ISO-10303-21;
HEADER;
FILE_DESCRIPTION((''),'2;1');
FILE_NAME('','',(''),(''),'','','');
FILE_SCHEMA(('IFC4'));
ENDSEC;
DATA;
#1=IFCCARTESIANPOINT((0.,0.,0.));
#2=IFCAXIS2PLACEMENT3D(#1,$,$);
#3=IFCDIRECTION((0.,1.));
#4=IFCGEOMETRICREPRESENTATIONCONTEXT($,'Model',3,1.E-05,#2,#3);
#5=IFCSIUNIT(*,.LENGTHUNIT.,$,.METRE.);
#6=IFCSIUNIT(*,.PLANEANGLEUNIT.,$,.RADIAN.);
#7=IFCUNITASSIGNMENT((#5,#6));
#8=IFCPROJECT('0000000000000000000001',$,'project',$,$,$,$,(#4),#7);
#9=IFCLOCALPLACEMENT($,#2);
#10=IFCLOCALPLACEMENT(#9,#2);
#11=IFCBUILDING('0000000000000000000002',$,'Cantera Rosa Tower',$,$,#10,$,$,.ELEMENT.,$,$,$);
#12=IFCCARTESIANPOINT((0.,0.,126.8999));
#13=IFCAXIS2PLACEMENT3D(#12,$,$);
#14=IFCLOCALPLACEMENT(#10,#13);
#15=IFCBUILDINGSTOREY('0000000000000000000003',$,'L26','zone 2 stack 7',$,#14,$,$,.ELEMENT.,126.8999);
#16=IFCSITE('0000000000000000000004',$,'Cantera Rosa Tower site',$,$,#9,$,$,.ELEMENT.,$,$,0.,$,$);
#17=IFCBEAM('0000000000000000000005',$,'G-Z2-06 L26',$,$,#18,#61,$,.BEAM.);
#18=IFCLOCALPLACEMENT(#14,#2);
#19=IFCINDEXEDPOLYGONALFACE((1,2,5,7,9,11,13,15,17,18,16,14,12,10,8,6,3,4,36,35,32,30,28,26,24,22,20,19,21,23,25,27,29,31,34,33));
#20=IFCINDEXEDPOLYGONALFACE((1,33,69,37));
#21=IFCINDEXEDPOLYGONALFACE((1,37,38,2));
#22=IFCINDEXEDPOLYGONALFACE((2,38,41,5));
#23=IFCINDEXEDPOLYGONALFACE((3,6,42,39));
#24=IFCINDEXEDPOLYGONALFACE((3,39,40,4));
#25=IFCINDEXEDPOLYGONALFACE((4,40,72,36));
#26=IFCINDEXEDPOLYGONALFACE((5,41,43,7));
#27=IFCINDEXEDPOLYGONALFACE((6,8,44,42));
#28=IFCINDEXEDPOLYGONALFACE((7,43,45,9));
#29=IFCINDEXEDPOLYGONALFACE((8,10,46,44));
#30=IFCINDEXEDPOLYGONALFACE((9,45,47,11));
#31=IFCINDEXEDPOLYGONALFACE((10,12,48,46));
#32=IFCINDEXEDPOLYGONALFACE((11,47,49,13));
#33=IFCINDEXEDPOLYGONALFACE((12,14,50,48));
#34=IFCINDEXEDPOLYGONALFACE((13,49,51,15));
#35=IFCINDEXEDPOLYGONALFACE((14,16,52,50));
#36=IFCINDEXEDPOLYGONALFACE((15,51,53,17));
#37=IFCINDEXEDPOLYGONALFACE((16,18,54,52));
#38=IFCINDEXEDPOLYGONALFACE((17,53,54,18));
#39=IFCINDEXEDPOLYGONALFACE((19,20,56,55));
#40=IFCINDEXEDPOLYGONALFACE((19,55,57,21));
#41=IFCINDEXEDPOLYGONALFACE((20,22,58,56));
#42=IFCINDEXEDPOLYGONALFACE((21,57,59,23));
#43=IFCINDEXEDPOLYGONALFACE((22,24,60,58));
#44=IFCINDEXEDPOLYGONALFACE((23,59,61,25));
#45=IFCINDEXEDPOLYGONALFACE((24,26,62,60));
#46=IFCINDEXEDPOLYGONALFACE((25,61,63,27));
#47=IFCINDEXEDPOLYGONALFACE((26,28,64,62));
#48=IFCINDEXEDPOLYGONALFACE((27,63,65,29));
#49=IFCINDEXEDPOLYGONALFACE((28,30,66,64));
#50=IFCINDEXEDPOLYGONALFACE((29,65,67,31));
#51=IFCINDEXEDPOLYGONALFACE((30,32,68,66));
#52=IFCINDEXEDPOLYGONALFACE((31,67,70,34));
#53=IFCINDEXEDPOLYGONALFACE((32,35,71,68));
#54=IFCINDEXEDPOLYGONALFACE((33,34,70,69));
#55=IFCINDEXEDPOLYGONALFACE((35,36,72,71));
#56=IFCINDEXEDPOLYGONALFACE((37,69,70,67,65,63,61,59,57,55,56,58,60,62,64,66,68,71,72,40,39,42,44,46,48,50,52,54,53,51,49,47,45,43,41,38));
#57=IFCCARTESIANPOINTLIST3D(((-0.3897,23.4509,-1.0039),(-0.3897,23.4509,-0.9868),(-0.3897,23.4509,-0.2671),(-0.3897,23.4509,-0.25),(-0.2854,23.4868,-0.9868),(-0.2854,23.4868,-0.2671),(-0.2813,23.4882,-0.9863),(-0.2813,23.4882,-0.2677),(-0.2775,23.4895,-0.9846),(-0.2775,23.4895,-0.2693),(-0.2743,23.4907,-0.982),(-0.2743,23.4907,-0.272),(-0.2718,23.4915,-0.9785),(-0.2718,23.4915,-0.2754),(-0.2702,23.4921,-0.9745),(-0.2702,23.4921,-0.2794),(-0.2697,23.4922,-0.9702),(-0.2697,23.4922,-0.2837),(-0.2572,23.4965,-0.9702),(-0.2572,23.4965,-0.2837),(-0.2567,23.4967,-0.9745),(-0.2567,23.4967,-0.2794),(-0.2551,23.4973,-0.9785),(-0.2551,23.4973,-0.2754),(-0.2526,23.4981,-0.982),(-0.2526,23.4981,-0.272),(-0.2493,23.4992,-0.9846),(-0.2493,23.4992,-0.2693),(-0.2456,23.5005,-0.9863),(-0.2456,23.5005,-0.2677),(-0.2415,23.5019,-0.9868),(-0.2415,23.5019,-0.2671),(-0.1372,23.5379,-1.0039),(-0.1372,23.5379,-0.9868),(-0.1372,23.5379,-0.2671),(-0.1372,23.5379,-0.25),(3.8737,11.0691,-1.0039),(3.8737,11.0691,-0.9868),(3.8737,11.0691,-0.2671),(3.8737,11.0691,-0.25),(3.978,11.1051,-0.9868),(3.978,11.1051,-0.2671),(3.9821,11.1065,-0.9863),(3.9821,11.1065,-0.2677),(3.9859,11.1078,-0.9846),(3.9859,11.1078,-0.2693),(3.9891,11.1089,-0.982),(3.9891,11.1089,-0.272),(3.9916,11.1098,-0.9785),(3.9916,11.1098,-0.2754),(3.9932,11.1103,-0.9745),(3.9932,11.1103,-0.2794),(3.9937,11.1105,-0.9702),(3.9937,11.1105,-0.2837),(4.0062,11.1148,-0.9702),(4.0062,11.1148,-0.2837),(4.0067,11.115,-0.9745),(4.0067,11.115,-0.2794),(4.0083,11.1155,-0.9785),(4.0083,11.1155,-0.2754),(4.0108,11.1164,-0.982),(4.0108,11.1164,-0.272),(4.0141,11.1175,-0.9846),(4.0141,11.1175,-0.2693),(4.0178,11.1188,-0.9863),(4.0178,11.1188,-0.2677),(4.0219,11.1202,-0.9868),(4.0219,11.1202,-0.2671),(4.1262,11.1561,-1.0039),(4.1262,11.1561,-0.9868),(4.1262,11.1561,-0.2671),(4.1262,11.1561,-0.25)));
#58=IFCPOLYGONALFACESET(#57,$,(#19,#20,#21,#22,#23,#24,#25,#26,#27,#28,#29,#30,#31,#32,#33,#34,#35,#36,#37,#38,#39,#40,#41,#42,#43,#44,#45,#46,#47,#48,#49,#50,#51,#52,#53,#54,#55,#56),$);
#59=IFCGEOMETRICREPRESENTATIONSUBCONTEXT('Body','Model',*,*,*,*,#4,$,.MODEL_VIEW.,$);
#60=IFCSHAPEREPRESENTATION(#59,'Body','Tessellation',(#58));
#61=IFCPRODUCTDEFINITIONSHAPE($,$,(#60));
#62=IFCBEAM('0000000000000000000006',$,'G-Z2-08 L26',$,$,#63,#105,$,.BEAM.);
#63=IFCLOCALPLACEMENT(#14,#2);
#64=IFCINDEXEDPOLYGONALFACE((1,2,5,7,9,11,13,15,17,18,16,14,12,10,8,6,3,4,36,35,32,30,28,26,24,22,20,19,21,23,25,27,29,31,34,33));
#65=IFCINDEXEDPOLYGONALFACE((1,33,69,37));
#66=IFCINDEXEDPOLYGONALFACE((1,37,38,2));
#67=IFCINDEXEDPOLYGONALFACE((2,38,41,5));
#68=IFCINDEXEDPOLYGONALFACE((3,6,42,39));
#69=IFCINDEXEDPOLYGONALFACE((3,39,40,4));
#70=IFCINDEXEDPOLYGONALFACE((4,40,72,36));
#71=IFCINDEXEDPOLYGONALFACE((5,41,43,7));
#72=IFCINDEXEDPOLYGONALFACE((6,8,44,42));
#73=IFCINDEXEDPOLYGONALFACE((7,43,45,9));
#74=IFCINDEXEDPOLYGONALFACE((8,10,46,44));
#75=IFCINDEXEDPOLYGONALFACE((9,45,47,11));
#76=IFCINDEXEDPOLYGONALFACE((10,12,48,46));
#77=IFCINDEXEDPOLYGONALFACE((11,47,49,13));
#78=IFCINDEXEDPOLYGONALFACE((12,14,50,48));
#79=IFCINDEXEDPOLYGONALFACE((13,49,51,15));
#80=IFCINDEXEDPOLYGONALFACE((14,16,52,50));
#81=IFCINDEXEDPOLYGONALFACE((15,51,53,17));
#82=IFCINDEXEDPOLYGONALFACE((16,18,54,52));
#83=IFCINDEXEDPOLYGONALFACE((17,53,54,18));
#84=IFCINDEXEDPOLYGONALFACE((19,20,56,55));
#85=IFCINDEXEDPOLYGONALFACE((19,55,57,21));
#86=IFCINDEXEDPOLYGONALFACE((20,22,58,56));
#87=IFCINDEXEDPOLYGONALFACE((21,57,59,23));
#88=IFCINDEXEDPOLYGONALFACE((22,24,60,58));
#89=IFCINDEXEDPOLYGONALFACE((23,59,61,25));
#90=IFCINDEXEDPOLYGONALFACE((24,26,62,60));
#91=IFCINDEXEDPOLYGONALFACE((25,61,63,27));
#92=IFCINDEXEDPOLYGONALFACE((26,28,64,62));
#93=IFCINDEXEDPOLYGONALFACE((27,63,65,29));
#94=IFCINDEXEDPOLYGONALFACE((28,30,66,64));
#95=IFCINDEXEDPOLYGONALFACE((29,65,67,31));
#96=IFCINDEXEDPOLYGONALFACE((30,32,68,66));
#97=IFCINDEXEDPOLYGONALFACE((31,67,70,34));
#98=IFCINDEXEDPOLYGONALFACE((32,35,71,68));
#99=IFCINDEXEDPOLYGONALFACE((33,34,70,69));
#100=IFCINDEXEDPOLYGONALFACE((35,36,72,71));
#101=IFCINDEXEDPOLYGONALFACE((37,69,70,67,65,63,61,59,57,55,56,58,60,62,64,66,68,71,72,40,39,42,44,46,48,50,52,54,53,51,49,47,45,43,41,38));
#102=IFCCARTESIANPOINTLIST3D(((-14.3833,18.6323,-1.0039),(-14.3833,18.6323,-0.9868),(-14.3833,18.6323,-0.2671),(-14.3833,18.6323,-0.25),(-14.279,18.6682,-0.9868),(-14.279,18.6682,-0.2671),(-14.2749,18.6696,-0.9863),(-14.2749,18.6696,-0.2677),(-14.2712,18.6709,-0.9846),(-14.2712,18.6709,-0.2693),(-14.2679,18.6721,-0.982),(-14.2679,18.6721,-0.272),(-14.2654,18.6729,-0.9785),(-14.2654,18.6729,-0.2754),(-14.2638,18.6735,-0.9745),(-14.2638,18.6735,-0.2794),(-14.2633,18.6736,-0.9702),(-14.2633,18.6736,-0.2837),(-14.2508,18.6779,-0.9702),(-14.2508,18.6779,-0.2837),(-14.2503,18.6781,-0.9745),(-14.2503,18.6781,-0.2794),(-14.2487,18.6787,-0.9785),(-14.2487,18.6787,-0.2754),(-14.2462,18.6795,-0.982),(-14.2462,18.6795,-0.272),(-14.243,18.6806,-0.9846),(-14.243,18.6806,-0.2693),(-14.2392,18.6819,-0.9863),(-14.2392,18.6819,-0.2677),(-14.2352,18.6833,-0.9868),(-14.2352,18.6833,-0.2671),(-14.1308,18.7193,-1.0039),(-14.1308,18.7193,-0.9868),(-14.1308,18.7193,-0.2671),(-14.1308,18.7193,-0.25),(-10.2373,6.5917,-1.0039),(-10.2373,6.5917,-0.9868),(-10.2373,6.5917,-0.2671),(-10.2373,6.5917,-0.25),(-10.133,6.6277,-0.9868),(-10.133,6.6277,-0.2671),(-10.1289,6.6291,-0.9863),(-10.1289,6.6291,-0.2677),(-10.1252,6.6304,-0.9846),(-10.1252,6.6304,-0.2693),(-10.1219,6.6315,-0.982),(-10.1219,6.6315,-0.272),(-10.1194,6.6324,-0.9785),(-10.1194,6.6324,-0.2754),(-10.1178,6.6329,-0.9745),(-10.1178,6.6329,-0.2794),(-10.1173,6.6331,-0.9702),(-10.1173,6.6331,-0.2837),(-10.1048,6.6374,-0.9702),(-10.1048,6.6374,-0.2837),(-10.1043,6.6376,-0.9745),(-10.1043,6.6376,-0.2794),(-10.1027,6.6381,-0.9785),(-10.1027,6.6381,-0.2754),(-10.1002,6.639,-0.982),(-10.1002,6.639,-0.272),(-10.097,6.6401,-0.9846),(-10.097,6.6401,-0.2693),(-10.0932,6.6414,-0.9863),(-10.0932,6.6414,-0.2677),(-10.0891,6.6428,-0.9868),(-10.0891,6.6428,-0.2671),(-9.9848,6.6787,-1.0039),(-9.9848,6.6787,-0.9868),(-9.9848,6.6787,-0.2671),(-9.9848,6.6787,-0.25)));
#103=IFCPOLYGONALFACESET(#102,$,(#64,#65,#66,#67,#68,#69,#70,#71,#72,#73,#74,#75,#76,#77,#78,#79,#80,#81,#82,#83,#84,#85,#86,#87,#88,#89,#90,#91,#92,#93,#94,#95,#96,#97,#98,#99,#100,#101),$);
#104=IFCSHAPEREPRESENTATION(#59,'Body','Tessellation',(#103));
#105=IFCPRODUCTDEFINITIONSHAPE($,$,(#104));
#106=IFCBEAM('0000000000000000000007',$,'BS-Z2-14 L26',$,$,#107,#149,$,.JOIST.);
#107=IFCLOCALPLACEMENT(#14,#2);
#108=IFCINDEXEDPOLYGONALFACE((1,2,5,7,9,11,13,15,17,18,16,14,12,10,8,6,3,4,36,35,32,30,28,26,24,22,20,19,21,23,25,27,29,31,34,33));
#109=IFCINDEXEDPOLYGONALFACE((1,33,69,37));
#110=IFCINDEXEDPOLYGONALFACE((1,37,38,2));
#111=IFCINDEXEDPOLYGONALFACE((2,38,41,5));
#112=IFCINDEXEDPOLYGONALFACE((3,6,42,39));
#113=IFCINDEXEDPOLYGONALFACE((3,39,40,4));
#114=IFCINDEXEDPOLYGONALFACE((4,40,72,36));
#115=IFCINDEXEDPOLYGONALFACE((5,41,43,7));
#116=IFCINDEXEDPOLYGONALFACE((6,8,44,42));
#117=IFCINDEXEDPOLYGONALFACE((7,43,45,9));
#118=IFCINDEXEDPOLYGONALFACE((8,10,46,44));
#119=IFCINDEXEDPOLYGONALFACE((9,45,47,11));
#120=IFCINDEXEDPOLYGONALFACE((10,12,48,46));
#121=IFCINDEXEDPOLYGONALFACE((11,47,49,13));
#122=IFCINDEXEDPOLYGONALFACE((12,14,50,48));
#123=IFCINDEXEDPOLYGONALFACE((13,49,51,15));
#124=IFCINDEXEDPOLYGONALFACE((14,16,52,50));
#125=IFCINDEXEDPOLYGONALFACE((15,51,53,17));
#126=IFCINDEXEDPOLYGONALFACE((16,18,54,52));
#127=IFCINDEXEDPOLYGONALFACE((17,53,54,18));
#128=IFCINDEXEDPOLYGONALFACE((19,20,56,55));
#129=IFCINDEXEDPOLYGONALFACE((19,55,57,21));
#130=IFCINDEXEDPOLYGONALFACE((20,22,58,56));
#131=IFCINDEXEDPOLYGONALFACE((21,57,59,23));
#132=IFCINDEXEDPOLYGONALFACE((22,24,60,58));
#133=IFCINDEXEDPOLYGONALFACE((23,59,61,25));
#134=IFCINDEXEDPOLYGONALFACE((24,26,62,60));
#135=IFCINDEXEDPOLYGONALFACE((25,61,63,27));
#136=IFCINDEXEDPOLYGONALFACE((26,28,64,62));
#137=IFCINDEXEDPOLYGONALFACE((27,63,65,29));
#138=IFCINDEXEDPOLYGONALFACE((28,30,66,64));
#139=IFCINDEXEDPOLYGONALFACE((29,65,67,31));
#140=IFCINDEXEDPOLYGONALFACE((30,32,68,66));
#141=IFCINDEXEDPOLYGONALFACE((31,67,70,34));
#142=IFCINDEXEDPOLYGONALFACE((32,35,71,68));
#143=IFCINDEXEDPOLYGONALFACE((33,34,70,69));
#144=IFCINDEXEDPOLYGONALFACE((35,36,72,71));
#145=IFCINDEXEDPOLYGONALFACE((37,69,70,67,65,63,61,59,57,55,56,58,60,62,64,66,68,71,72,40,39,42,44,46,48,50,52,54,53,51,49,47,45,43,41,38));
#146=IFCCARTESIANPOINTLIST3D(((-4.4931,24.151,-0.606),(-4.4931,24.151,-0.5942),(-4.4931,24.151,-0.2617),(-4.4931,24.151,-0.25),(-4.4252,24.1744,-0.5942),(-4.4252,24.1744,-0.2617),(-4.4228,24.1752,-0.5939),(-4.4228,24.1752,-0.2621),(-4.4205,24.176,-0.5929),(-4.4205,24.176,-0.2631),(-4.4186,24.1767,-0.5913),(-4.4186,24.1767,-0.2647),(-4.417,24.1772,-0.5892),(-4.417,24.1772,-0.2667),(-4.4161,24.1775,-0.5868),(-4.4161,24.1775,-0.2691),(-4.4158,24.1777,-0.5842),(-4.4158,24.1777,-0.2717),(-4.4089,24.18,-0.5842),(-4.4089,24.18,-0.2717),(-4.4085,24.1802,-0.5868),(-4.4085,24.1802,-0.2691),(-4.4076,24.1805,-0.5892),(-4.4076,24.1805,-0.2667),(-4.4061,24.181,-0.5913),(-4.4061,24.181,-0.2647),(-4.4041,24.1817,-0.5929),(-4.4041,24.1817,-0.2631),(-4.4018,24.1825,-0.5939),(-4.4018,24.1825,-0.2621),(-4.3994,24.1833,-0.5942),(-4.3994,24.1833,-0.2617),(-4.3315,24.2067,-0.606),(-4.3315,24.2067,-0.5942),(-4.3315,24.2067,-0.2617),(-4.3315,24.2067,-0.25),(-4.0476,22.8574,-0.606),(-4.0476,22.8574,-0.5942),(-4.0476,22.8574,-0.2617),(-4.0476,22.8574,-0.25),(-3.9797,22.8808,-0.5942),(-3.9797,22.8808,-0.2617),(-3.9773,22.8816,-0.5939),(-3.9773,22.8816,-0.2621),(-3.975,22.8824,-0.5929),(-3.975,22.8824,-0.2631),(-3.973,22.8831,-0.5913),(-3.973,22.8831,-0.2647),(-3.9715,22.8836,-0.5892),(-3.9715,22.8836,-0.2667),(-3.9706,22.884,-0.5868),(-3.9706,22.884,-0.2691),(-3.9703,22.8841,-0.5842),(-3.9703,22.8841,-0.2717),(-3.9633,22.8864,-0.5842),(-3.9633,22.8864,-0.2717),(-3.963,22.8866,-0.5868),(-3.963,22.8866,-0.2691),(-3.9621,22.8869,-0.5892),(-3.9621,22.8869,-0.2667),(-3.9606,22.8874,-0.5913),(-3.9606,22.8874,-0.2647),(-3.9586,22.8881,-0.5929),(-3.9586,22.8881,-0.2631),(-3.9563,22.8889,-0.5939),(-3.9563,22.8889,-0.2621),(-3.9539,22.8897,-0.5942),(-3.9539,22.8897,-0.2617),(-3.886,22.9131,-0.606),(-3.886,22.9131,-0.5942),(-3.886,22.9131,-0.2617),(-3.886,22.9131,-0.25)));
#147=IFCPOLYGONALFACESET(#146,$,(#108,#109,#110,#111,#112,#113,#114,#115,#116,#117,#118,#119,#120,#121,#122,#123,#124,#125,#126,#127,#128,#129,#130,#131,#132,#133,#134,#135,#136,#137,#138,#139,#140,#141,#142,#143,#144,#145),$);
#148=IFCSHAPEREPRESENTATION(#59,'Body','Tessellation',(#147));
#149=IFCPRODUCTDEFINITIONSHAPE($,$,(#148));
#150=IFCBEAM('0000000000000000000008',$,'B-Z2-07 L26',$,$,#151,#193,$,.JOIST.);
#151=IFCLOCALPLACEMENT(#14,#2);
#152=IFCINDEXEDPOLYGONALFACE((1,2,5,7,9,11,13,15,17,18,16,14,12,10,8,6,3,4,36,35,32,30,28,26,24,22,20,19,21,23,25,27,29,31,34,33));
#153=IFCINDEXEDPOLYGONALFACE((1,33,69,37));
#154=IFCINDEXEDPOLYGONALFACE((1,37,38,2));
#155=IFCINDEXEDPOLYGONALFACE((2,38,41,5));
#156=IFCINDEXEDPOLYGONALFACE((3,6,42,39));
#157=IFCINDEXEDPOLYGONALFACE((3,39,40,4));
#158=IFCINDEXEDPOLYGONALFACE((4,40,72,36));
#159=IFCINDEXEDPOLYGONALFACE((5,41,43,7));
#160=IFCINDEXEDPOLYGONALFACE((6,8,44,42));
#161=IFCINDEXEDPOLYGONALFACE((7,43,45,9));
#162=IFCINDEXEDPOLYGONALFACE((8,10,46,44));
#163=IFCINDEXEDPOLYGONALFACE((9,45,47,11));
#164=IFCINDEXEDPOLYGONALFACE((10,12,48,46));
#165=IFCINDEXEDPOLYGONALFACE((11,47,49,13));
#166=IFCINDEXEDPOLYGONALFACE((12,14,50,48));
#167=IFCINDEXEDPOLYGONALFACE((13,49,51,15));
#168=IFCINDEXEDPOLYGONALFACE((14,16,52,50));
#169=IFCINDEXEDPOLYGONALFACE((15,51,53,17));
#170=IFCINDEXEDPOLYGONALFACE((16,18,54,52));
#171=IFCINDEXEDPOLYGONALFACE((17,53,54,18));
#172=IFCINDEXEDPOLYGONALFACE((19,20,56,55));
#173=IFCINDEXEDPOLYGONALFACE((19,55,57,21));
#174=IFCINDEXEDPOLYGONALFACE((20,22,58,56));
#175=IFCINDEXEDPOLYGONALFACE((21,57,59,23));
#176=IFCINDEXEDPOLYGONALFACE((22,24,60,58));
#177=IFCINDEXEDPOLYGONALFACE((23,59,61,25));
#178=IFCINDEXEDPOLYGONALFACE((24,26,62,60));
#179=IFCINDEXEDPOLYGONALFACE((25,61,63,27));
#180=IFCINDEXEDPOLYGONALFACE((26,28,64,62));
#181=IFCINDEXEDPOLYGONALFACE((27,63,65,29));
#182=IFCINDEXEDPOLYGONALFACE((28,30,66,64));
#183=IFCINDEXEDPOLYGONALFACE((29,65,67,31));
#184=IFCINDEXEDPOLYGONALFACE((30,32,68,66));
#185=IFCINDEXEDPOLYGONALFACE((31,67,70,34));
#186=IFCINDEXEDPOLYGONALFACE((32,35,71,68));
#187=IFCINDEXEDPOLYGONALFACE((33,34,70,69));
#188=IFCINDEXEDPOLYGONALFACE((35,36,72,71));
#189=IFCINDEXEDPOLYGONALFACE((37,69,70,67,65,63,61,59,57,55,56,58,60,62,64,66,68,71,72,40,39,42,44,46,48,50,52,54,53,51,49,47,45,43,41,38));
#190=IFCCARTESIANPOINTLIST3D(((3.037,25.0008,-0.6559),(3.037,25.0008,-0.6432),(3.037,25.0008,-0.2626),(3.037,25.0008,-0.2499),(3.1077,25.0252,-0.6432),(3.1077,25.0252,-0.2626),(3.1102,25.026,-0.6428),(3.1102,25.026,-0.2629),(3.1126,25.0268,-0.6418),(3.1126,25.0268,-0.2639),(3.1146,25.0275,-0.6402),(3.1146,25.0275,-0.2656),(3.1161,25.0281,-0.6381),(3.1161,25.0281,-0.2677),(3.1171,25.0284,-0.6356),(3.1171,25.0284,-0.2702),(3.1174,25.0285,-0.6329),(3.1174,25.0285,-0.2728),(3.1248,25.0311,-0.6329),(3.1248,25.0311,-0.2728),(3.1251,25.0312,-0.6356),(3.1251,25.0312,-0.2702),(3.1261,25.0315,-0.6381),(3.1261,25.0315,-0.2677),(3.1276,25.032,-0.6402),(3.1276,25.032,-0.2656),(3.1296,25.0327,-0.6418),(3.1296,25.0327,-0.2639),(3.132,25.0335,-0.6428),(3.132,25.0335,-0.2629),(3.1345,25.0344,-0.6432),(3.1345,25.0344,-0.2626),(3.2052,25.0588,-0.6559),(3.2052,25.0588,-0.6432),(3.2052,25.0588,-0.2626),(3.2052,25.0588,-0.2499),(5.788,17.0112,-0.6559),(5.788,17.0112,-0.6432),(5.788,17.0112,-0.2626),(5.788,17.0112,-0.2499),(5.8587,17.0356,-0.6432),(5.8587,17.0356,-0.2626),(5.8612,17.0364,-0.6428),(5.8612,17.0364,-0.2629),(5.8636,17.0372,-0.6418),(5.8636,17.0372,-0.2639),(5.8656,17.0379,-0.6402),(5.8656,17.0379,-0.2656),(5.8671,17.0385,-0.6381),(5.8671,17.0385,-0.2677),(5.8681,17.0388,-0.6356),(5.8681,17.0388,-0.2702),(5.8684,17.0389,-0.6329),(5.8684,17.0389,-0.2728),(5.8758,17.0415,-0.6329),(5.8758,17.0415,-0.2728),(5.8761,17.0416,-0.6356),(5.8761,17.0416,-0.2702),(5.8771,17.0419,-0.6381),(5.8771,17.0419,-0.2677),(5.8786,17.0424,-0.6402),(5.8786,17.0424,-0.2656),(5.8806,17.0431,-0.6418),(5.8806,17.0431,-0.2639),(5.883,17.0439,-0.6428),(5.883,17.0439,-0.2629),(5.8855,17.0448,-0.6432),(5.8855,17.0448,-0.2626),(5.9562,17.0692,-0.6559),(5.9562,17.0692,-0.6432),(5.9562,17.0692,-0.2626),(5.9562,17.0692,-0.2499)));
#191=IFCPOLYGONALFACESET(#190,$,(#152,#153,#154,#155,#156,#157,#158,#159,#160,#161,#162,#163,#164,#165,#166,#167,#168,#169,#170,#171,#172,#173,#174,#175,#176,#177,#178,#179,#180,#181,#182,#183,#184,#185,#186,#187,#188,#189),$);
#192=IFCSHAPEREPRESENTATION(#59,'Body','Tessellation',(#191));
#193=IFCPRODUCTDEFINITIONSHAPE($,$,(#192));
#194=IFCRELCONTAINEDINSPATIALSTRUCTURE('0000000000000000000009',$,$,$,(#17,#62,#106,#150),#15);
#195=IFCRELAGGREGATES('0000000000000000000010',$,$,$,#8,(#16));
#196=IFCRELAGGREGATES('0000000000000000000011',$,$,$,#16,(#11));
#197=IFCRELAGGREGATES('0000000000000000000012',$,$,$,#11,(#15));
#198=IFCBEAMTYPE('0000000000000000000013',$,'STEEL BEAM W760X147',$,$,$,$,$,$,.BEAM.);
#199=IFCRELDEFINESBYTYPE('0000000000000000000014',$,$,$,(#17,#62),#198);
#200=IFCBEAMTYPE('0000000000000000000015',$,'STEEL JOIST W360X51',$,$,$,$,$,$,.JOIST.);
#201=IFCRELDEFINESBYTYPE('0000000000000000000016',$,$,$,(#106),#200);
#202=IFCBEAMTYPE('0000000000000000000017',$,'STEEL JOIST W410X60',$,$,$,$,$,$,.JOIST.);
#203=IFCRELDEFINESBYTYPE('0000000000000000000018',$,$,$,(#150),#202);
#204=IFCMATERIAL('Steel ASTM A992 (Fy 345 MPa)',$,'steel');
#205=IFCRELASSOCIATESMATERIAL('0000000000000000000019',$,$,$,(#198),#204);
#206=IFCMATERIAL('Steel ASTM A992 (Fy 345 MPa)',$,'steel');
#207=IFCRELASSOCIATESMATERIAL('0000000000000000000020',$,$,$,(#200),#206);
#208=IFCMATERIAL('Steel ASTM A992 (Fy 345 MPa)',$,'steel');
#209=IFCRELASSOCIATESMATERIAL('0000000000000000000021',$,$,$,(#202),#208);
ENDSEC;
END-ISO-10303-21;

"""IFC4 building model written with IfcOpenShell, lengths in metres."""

from ifc_helpers import new_model, si_unit, direction, frame, origin, origin_2d, place, context, subcontext, project, spatial, i_section, extrude, material, material_profile, profile_set, type_object, element, save


model = new_model("IFC4")

# Units and contexts
model_context = context("Model", 3, precision=1e-05, world=origin(), true_north=direction((0.0, 1.0)))
body_context = subcontext(model_context, "Body", "Model", "MODEL_VIEW")
ifc_project = project(units=[si_unit("LENGTHUNIT", "METRE"), si_unit("PLANEANGLEUNIT", "RADIAN")], contexts=[model_context])

# Site, building, storey
site_placement = place(None, origin())
site = spatial("IfcSite", under=ifc_project, at=site_placement, Name="Cantera Rosa Tower site", CompositionType="ELEMENT", RefElevation=0.0)
building_placement = place(site_placement, origin())
building = spatial("IfcBuilding", under=site, at=building_placement, Name="Cantera Rosa Tower", CompositionType="ELEMENT")
storey_placement = place(building_placement, frame((0.0, 0.0, 126.8999)))
storey = spatial("IfcBuildingStorey", under=building, at=storey_placement, Name="L26", Description="zone 2 stack 7", CompositionType="ELEMENT", Elevation=126.8999)

# Beams
ifc_material_1 = material(Name="Steel ASTM A992 (Fy 345 MPa)", Category="steel")
ifc_material_profile_1 = material_profile(ifc_material_1, i_section(OverallWidth=0.2671, OverallDepth=0.7539, WebThickness=0.0132, FlangeThickness=0.0171, FilletRadius=0.0166, at=origin_2d()), Name="W760X147")
ifc_profile_set_1 = profile_set([ifc_material_profile_1], Name="Steel ASTM A992 (Fy 345 MPa)")
beam_type_1 = type_object("IfcBeamType", Name="STEEL BEAM W760X147", PredefinedType="BEAM", material=ifc_profile_set_1)
beam_1_placement = place(storey_placement, frame((-0.2634, 23.4944, -0.627), z_axis=(0.32557, -0.945518, 0.0), x_axis=(0.945518, 0.32557, 0.0)))
element("IfcBeam", 1, at=beam_1_placement, inside=storey, type_object=beam_type_1, Name="G-Z2-06 L26", PredefinedType="BEAM", context=body_context, shape_type="SweptSolid", body=[
    extrude(i_section(OverallWidth=0.2671, OverallDepth=0.7539, WebThickness=0.0132, FlangeThickness=0.0171, FilletRadius=0.0166, at=origin_2d()), origin(), (0.0, 0.0, 1.0), 13.0952),
])
beam_2_placement = place(storey_placement, frame((-14.2571, 18.6758, -0.627), z_axis=(0.325576, -0.945516, 0.0), x_axis=(0.945516, 0.325576, 0.0)))
element("IfcBeam", 2, at=beam_2_placement, inside=storey, type_object=beam_type_1, Name="G-Z2-08 L26", PredefinedType="BEAM", context=body_context, shape_type="SweptSolid", body=[
    extrude(i_section(OverallWidth=0.2671, OverallDepth=0.7539, WebThickness=0.0132, FlangeThickness=0.0171, FilletRadius=0.0166, at=origin_2d()), origin(), (0.0, 0.0, 1.0), 12.7344),
])
ifc_material_2 = material(Name="Steel ASTM A992 (Fy 345 MPa)", Category="steel")
ifc_material_profile_2 = material_profile(ifc_material_2, i_section(OverallWidth=0.1709, OverallDepth=0.356, WebThickness=0.0073, FlangeThickness=0.0117, FilletRadius=0.01, at=origin_2d()), Name="W360X51")
ifc_profile_set_2 = profile_set([ifc_material_profile_2], Name="Steel ASTM A992 (Fy 345 MPa)")
beam_type_2 = type_object("IfcBeamType", Name="STEEL JOIST W360X51", PredefinedType="JOIST", material=ifc_profile_set_2)
beam_3_placement = place(storey_placement, frame((-3.9668, 22.8853, -0.428), z_axis=(-0.325633, 0.945496, 0.0), x_axis=(-0.945496, -0.325633, 0.0)))
element("IfcBeam", 3, at=beam_3_placement, inside=storey, type_object=beam_type_2, Name="BS-Z2-14 L26", PredefinedType="JOIST", context=body_context, shape_type="SweptSolid", body=[
    extrude(i_section(OverallWidth=0.1709, OverallDepth=0.356, WebThickness=0.0073, FlangeThickness=0.0117, FilletRadius=0.01, at=origin_2d()), origin(), (0.0, 0.0, 1.0), 1.3682),
])
ifc_material_3 = material(Name="Steel ASTM A992 (Fy 345 MPa)", Category="steel")
ifc_material_profile_3 = material_profile(ifc_material_3, i_section(OverallWidth=0.178, OverallDepth=0.406, WebThickness=0.0078, FlangeThickness=0.0127, FilletRadius=0.0103, at=origin_2d()), Name="W410X60")
ifc_profile_set_3 = profile_set([ifc_material_profile_3], Name="Steel ASTM A992 (Fy 345 MPa)")
beam_type_3 = type_object("IfcBeamType", Name="STEEL JOIST W410X60", PredefinedType="JOIST", material=ifc_profile_set_3)
beam_4_placement = place(storey_placement, frame((3.1211, 25.0298, -0.4529), z_axis=(0.325565, -0.94552, 0.0), x_axis=(0.94552, 0.325565, 0.0)))
element("IfcBeam", 4, at=beam_4_placement, inside=storey, type_object=beam_type_3, Name="B-Z2-07 L26", PredefinedType="JOIST", context=body_context, shape_type="SweptSolid", body=[
    extrude(i_section(OverallWidth=0.178, OverallDepth=0.406, WebThickness=0.0078, FlangeThickness=0.0127, FilletRadius=0.0103, at=origin_2d()), origin(), (0.0, 0.0, 1.0), 8.45),
])

save(model, "model.ifc")
